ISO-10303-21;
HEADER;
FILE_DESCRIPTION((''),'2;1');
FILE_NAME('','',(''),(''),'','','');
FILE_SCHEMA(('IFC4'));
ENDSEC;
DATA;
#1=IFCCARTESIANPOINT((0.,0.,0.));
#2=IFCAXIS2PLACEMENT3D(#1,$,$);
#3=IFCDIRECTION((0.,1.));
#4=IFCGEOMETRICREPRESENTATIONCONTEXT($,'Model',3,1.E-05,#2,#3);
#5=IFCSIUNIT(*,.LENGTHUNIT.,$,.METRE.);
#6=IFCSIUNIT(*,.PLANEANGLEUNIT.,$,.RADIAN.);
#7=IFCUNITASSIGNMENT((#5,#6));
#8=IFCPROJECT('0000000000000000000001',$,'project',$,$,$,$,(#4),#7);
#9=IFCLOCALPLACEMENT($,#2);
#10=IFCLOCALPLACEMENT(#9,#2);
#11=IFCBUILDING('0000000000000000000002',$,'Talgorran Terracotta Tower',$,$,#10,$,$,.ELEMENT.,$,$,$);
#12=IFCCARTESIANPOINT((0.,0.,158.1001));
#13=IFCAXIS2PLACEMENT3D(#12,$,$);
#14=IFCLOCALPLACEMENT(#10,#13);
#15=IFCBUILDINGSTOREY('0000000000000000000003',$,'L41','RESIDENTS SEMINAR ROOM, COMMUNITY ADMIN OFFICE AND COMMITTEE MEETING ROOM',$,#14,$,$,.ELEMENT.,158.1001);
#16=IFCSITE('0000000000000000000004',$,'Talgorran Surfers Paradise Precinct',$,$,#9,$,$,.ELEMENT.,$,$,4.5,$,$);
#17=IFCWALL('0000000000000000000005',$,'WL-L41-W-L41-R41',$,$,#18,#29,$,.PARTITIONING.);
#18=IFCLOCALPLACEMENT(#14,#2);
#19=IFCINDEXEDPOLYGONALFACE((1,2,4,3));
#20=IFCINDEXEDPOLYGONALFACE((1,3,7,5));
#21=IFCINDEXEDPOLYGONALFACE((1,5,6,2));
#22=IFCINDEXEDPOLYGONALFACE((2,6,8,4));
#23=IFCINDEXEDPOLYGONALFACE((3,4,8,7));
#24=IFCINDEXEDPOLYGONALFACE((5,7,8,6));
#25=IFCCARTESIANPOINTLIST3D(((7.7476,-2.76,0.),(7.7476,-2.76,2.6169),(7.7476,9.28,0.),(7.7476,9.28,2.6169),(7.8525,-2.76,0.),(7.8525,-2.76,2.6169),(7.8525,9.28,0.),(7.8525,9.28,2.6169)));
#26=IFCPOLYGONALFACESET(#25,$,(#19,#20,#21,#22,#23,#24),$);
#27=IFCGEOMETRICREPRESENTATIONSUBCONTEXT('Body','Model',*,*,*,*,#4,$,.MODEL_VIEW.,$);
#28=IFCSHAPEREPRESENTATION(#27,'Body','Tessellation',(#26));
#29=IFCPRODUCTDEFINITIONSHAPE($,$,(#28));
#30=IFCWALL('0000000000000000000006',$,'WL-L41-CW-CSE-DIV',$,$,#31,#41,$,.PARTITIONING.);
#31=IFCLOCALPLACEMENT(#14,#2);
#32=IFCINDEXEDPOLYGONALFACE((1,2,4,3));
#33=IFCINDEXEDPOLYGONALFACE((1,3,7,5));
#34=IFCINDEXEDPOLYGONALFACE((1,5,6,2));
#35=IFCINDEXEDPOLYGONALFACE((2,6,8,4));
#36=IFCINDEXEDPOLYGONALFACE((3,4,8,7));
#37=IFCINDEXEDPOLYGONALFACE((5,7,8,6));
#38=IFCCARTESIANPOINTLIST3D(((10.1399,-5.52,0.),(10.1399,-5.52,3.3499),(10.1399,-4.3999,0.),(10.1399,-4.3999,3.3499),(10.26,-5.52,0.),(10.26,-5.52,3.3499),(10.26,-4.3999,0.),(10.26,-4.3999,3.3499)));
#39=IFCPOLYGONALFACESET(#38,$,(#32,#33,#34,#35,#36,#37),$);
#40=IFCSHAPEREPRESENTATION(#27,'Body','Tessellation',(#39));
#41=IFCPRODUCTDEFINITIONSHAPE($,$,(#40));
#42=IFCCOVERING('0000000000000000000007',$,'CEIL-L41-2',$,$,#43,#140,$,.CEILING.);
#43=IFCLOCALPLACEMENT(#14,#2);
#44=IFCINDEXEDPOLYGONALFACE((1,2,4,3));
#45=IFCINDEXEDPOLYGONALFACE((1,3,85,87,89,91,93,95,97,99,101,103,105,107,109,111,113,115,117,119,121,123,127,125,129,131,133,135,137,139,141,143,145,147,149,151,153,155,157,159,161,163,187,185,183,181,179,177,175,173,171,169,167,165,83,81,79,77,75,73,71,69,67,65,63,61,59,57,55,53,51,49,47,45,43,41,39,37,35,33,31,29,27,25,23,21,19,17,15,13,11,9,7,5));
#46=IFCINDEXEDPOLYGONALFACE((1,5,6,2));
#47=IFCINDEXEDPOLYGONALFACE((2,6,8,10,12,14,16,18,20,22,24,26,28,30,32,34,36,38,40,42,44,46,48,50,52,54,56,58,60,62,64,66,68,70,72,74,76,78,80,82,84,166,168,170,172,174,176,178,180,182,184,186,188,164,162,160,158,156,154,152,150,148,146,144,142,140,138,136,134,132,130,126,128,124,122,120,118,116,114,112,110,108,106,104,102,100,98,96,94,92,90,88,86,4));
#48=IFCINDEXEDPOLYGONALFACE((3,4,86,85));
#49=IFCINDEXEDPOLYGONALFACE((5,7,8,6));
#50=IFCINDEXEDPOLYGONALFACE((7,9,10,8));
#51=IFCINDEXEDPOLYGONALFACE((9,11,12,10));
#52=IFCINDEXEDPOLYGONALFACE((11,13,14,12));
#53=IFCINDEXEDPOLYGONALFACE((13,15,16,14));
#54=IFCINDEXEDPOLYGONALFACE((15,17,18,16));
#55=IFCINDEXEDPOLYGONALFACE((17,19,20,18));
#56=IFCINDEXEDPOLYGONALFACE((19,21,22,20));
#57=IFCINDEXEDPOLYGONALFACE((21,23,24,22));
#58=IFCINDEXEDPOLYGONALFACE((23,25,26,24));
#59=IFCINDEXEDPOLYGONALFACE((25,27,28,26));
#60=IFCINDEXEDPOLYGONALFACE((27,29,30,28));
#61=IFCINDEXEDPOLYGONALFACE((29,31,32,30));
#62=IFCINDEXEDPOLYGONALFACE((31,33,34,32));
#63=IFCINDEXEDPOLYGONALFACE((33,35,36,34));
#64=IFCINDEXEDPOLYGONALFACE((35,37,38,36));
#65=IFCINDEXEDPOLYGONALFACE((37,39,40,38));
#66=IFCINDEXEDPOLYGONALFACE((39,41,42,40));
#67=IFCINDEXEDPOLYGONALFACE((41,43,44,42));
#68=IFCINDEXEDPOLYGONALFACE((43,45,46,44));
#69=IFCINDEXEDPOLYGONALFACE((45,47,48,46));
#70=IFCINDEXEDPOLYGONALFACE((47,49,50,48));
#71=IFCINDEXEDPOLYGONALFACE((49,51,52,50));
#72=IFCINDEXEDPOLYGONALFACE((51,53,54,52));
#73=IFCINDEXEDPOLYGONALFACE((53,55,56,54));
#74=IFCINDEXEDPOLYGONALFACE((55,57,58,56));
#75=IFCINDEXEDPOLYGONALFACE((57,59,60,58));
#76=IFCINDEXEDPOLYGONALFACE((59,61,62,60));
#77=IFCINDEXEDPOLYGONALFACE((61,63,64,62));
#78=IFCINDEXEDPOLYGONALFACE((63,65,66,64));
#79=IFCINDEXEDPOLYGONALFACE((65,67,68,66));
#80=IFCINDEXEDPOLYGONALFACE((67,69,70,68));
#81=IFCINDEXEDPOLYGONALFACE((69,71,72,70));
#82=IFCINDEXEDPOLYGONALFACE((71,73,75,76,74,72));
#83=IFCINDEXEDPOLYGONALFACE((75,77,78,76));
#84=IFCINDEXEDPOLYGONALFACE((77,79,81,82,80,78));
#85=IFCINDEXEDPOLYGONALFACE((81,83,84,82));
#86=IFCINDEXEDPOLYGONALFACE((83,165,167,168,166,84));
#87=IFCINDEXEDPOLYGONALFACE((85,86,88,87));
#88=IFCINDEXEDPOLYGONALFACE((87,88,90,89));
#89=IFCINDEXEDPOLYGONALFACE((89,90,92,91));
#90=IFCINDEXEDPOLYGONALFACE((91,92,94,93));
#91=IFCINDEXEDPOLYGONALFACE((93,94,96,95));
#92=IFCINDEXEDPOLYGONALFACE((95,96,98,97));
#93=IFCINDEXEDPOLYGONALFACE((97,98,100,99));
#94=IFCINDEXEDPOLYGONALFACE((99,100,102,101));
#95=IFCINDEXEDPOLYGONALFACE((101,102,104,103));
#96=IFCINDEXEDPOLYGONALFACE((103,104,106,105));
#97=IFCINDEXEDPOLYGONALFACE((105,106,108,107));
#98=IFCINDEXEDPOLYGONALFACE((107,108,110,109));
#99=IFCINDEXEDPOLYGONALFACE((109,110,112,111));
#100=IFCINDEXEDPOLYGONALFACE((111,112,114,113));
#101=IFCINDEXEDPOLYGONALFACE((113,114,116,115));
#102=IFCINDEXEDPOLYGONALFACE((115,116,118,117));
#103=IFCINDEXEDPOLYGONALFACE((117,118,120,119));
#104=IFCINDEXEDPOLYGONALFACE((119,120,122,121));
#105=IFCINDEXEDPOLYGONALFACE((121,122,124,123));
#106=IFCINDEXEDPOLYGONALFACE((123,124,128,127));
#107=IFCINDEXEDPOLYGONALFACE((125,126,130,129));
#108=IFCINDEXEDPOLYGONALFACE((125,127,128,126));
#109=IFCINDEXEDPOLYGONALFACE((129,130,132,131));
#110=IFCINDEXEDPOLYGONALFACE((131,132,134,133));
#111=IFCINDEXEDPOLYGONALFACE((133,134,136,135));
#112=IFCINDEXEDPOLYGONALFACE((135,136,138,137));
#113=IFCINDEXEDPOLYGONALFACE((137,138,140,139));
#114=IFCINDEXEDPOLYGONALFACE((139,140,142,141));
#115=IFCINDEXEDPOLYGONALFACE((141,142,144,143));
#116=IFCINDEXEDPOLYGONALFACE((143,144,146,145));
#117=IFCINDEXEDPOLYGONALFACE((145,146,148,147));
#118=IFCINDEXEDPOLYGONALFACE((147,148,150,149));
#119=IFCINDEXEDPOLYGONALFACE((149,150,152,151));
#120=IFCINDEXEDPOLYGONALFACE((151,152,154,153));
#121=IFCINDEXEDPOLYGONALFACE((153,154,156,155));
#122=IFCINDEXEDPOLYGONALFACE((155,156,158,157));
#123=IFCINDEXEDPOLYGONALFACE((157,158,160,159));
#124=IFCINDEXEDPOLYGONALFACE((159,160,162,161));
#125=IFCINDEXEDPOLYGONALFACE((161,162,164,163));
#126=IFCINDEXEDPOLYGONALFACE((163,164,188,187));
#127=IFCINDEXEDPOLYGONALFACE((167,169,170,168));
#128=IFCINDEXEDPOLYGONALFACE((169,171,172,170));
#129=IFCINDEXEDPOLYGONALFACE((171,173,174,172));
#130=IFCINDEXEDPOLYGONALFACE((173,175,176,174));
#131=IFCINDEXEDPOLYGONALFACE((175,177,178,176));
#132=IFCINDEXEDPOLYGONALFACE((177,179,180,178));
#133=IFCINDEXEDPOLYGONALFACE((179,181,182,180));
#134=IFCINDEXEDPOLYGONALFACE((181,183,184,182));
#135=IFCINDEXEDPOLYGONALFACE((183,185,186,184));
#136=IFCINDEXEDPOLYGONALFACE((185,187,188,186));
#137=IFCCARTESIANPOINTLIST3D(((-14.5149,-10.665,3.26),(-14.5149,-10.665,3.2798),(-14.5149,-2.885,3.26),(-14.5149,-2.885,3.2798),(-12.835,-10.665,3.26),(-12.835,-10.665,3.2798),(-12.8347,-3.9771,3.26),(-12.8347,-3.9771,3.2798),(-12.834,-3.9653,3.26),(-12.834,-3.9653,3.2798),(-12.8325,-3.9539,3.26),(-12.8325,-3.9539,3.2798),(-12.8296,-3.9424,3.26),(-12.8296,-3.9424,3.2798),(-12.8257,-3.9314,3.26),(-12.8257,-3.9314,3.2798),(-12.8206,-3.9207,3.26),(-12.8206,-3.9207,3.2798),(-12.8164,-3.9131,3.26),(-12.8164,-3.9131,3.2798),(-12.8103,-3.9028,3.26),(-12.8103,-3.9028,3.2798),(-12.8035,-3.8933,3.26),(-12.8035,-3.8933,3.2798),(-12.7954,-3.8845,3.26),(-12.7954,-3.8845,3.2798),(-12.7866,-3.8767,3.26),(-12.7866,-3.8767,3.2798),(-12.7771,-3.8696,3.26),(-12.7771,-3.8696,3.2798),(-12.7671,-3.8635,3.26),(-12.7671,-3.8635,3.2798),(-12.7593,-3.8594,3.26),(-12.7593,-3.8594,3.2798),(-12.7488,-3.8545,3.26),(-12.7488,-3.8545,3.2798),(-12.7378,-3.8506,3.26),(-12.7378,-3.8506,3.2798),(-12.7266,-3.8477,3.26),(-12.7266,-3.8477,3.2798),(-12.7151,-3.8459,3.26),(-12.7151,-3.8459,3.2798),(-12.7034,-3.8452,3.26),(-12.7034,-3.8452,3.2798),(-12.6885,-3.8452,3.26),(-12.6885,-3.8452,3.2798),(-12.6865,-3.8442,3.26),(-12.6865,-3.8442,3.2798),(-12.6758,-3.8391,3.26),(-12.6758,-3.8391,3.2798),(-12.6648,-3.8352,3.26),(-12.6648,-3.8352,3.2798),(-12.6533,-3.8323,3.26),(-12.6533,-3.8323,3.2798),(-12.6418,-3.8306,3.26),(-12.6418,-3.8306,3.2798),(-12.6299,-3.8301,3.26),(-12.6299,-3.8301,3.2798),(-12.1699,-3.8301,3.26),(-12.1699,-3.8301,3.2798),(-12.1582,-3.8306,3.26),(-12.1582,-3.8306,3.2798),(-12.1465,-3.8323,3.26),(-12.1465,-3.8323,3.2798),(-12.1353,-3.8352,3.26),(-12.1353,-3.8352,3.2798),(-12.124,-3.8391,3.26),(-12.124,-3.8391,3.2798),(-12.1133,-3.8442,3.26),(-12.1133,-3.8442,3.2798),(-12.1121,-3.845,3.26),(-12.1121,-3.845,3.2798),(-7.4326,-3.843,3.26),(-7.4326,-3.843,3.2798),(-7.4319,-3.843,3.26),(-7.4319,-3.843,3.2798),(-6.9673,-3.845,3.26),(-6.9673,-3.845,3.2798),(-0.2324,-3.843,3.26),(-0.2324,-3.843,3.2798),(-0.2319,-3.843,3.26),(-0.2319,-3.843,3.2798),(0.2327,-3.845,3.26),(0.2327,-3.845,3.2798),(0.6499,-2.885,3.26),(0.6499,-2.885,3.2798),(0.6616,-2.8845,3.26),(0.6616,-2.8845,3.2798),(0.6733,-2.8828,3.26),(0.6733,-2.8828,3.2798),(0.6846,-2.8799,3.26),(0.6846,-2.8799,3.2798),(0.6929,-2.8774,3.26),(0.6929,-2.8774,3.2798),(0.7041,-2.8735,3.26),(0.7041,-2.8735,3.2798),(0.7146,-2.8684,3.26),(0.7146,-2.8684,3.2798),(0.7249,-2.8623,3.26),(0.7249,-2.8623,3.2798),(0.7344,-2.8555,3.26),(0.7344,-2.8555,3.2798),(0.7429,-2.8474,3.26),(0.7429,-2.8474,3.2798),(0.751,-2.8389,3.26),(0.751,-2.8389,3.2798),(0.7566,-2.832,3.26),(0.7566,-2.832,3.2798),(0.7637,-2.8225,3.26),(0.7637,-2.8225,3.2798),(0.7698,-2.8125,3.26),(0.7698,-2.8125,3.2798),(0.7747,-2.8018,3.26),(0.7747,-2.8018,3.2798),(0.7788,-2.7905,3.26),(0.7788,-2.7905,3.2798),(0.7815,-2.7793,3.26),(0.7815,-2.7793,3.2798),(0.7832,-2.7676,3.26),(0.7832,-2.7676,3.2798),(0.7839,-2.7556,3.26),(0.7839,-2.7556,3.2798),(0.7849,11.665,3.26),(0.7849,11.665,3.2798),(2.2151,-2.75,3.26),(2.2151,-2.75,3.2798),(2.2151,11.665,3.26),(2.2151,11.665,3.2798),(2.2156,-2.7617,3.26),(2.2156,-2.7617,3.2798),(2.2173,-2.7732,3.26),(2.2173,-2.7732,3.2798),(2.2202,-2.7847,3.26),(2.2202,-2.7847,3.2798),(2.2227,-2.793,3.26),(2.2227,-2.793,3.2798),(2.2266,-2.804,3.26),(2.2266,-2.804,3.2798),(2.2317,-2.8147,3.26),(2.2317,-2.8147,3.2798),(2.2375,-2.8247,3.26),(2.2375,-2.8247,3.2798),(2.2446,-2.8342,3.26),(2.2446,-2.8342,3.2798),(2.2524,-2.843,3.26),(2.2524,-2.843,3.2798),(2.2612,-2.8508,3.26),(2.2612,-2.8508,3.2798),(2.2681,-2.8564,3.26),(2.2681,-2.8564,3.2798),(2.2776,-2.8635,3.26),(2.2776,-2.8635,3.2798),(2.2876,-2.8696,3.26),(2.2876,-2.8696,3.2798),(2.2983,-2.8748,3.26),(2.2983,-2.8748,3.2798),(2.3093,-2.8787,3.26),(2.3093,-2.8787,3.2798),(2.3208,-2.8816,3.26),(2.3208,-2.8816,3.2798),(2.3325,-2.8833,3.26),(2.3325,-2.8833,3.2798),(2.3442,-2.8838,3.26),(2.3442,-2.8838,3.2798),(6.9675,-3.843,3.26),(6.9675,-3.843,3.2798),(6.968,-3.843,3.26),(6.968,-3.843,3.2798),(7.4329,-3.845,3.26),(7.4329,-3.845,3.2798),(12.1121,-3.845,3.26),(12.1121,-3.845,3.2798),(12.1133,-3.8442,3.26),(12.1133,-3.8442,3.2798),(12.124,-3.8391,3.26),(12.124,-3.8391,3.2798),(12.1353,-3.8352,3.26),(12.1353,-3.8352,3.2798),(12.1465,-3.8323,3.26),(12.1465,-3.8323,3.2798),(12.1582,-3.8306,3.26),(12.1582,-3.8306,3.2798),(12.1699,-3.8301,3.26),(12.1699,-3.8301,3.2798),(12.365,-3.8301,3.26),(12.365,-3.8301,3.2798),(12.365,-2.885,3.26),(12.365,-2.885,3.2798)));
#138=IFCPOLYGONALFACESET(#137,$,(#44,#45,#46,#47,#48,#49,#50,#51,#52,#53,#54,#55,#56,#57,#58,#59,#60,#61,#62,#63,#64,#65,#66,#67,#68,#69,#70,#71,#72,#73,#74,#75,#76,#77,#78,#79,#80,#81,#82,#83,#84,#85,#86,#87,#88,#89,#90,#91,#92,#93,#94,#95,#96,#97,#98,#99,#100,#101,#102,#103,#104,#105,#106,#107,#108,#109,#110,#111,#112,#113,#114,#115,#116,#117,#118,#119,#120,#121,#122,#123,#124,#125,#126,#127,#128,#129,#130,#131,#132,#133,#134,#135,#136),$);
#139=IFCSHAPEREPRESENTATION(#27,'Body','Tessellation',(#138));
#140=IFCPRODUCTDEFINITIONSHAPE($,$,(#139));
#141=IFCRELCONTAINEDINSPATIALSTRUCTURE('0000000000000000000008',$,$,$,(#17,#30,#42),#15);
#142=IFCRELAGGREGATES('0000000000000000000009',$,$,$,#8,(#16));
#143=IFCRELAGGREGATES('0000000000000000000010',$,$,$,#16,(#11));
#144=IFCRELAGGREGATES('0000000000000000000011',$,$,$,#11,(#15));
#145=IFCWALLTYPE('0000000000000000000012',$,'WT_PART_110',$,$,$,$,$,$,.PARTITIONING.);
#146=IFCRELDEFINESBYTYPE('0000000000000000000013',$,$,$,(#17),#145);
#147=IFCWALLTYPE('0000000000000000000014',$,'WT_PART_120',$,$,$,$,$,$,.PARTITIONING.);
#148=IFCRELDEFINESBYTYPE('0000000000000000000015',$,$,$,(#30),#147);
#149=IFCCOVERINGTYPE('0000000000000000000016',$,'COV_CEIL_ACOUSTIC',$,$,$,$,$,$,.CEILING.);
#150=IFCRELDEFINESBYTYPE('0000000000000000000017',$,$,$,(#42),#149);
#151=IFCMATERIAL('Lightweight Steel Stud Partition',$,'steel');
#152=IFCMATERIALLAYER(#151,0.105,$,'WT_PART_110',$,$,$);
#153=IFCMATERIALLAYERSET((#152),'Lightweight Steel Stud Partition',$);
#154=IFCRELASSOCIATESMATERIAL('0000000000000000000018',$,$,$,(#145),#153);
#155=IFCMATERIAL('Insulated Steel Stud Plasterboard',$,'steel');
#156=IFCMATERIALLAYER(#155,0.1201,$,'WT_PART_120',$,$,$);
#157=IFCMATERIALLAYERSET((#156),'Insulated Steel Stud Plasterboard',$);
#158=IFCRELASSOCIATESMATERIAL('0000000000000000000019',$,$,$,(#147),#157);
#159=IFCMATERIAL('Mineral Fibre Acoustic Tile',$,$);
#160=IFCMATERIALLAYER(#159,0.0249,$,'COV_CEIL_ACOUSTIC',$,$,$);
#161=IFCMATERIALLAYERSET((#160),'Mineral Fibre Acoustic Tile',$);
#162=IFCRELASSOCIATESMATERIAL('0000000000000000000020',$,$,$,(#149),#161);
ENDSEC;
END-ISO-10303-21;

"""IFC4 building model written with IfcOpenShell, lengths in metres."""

from ifc_helpers import new_model, si_unit, direction, frame, frame_2d, origin, place, context, subcontext, project, spatial, polyline, rectangle, outline, extrude, material, layer, layer_set, type_object, element, save


model = new_model("IFC4")

# Units and contexts
model_context = context("Model", 3, precision=1e-05, world=origin(), true_north=direction((0.0, 1.0)))
body_context = subcontext(model_context, "Body", "Model", "MODEL_VIEW")
ifc_project = project(units=[si_unit("LENGTHUNIT", "METRE"), si_unit("PLANEANGLEUNIT", "RADIAN")], contexts=[model_context])

# Site, building, storey
site_placement = place(None, origin())
site = spatial("IfcSite", under=ifc_project, at=site_placement, Name="Talgorran Surfers Paradise Precinct", CompositionType="ELEMENT", RefElevation=4.5)
building_placement = place(site_placement, origin())
building = spatial("IfcBuilding", under=site, at=building_placement, Name="Talgorran Terracotta Tower", CompositionType="ELEMENT")
storey_placement = place(building_placement, frame((0.0, 0.0, 158.1001)))
storey = spatial("IfcBuildingStorey", under=building, at=storey_placement, Name="L41", Description="RESIDENTS SEMINAR ROOM, COMMUNITY ADMIN OFFICE AND COMMITTEE MEETING ROOM", CompositionType="ELEMENT", Elevation=158.1001)

# Walls
ifc_material_1 = material(Name="Lightweight Steel Stud Partition", Category="steel")
ifc_layer_1 = layer(ifc_material_1, 0.105, Name="WT_PART_110")
ifc_layer_set_1 = layer_set([ifc_layer_1], Name="Lightweight Steel Stud Partition")
wall_type_1 = type_object("IfcWallType", Name="WT_PART_110", PredefinedType="PARTITIONING", material=ifc_layer_set_1)
wall_1_placement = place(storey_placement, frame((7.8, -2.76, 0.0), z_axis=(0.0, 0.0, 1.0), x_axis=(0.0, 1.0, 0.0)))
element("IfcWall", 1, at=wall_1_placement, inside=storey, type_object=wall_type_1, Name="WL-L41-W-L41-R41", PredefinedType="PARTITIONING", context=body_context, shape_type="SweptSolid", body=[
    extrude(rectangle(XDim=12.04, YDim=0.105, at=frame_2d((6.02, 0.0))), origin(), (0.0, 0.0, 1.0), 2.6169),
])
ifc_material_2 = material(Name="Insulated Steel Stud Plasterboard", Category="steel")
ifc_layer_2 = layer(ifc_material_2, 0.1201, Name="WT_PART_120")
ifc_layer_set_2 = layer_set([ifc_layer_2], Name="Insulated Steel Stud Plasterboard")
wall_type_2 = type_object("IfcWallType", Name="WT_PART_120", PredefinedType="PARTITIONING", material=ifc_layer_set_2)
wall_2_placement = place(storey_placement, frame((10.2, -5.52, 0.0), z_axis=(0.0, 0.0, 1.0), x_axis=(0.0, 1.0, 0.0)))
element("IfcWall", 2, at=wall_2_placement, inside=storey, type_object=wall_type_2, Name="WL-L41-CW-CSE-DIV", PredefinedType="PARTITIONING", context=body_context, shape_type="SweptSolid", body=[
    extrude(rectangle(XDim=1.1201, YDim=0.1201, at=frame_2d((0.5601, 0.0))), origin(), (0.0, 0.0, 1.0), 3.3499),
])

# Covering
ifc_material_3 = material(Name="Mineral Fibre Acoustic Tile")
ifc_layer_3 = layer(ifc_material_3, 0.0249, Name="COV_CEIL_ACOUSTIC")
ifc_layer_set_3 = layer_set([ifc_layer_3], Name="Mineral Fibre Acoustic Tile")
covering_type_1 = type_object("IfcCoveringType", Name="COV_CEIL_ACOUSTIC", PredefinedType="CEILING", material=ifc_layer_set_3)
covering_1_placement = place(storey_placement, frame((0.0, 0.0, 3.26)))
element("IfcCovering", 3, at=covering_1_placement, inside=storey, type_object=covering_type_1, Name="CEIL-L41-2", PredefinedType="CEILING", context=body_context, shape_type="SweptSolid", body=[
    extrude(outline(polyline([(-12.6885, -3.8452), (-12.7034, -3.8452), (-12.7151, -3.8459), (-12.7266, -3.8477), (-12.7378, -3.8506), (-12.7488, -3.8545), (-12.7593, -3.8594), (-12.7671, -3.8635), (-12.7771, -3.8696), (-12.7866, -3.8767), (-12.7954, -3.8845), (-12.8035, -3.8933), (-12.8103, -3.9028), (-12.8164, -3.9131), (-12.8206, -3.9207), (-12.8257, -3.9314), (-12.8296, -3.9424), (-12.8325, -3.9539), (-12.834, -3.9653), (-12.8347, -3.9771), (-12.835, -10.665), (-14.5149, -10.665), (-14.5149, -2.885), (0.6499, -2.885), (0.6616, -2.8845), (0.6733, -2.8828), (0.6846, -2.8799), (0.6929, -2.8774), (0.7041, -2.8735), (0.7146, -2.8684), (0.7249, -2.8623), (0.7344, -2.8555), (0.7429, -2.8474), (0.751, -2.8389), (0.7566, -2.832), (0.7637, -2.8225), (0.7698, -2.8125), (0.7747, -2.8018), (0.7788, -2.7905), (0.7815, -2.7793), (0.7832, -2.7676), (0.7839, -2.7556), (0.7849, 11.665), (2.2151, 11.665), (2.2151, -2.75), (2.2156, -2.7617), (2.2173, -2.7732), (2.2202, -2.7847), (2.2227, -2.793), (2.2266, -2.804), (2.2317, -2.8147), (2.2375, -2.8247), (2.2446, -2.8342), (2.2524, -2.843), (2.2612, -2.8508), (2.2681, -2.8564), (2.2776, -2.8635), (2.2876, -2.8696), (2.2983, -2.8748), (2.3093, -2.8787), (2.3208, -2.8816), (2.3325, -2.8833), (2.3442, -2.8838), (12.365, -2.885), (12.365, -3.8301), (12.1699, -3.8301), (12.1582, -3.8306), (12.1465, -3.8323), (12.1353, -3.8352), (12.124, -3.8391), (12.1133, -3.8442), (12.1121, -3.845), (7.4329, -3.845), (6.968, -3.843), (6.9675, -3.843), (0.2327, -3.845), (-0.2319, -3.843), (-0.2324, -3.843), (-6.9673, -3.845), (-7.4319, -3.843), (-7.4326, -3.843), (-12.1121, -3.845), (-12.1133, -3.8442), (-12.124, -3.8391), (-12.1353, -3.8352), (-12.1465, -3.8323), (-12.1582, -3.8306), (-12.1699, -3.8301), (-12.6299, -3.8301), (-12.6418, -3.8306), (-12.6533, -3.8323), (-12.6648, -3.8352), (-12.6758, -3.8391), (-12.6865, -3.8442), (-12.6885, -3.8452)])), origin(), (0.0, 0.0, 1.0), 0.0198),
])

save(model, "model.ifc")
